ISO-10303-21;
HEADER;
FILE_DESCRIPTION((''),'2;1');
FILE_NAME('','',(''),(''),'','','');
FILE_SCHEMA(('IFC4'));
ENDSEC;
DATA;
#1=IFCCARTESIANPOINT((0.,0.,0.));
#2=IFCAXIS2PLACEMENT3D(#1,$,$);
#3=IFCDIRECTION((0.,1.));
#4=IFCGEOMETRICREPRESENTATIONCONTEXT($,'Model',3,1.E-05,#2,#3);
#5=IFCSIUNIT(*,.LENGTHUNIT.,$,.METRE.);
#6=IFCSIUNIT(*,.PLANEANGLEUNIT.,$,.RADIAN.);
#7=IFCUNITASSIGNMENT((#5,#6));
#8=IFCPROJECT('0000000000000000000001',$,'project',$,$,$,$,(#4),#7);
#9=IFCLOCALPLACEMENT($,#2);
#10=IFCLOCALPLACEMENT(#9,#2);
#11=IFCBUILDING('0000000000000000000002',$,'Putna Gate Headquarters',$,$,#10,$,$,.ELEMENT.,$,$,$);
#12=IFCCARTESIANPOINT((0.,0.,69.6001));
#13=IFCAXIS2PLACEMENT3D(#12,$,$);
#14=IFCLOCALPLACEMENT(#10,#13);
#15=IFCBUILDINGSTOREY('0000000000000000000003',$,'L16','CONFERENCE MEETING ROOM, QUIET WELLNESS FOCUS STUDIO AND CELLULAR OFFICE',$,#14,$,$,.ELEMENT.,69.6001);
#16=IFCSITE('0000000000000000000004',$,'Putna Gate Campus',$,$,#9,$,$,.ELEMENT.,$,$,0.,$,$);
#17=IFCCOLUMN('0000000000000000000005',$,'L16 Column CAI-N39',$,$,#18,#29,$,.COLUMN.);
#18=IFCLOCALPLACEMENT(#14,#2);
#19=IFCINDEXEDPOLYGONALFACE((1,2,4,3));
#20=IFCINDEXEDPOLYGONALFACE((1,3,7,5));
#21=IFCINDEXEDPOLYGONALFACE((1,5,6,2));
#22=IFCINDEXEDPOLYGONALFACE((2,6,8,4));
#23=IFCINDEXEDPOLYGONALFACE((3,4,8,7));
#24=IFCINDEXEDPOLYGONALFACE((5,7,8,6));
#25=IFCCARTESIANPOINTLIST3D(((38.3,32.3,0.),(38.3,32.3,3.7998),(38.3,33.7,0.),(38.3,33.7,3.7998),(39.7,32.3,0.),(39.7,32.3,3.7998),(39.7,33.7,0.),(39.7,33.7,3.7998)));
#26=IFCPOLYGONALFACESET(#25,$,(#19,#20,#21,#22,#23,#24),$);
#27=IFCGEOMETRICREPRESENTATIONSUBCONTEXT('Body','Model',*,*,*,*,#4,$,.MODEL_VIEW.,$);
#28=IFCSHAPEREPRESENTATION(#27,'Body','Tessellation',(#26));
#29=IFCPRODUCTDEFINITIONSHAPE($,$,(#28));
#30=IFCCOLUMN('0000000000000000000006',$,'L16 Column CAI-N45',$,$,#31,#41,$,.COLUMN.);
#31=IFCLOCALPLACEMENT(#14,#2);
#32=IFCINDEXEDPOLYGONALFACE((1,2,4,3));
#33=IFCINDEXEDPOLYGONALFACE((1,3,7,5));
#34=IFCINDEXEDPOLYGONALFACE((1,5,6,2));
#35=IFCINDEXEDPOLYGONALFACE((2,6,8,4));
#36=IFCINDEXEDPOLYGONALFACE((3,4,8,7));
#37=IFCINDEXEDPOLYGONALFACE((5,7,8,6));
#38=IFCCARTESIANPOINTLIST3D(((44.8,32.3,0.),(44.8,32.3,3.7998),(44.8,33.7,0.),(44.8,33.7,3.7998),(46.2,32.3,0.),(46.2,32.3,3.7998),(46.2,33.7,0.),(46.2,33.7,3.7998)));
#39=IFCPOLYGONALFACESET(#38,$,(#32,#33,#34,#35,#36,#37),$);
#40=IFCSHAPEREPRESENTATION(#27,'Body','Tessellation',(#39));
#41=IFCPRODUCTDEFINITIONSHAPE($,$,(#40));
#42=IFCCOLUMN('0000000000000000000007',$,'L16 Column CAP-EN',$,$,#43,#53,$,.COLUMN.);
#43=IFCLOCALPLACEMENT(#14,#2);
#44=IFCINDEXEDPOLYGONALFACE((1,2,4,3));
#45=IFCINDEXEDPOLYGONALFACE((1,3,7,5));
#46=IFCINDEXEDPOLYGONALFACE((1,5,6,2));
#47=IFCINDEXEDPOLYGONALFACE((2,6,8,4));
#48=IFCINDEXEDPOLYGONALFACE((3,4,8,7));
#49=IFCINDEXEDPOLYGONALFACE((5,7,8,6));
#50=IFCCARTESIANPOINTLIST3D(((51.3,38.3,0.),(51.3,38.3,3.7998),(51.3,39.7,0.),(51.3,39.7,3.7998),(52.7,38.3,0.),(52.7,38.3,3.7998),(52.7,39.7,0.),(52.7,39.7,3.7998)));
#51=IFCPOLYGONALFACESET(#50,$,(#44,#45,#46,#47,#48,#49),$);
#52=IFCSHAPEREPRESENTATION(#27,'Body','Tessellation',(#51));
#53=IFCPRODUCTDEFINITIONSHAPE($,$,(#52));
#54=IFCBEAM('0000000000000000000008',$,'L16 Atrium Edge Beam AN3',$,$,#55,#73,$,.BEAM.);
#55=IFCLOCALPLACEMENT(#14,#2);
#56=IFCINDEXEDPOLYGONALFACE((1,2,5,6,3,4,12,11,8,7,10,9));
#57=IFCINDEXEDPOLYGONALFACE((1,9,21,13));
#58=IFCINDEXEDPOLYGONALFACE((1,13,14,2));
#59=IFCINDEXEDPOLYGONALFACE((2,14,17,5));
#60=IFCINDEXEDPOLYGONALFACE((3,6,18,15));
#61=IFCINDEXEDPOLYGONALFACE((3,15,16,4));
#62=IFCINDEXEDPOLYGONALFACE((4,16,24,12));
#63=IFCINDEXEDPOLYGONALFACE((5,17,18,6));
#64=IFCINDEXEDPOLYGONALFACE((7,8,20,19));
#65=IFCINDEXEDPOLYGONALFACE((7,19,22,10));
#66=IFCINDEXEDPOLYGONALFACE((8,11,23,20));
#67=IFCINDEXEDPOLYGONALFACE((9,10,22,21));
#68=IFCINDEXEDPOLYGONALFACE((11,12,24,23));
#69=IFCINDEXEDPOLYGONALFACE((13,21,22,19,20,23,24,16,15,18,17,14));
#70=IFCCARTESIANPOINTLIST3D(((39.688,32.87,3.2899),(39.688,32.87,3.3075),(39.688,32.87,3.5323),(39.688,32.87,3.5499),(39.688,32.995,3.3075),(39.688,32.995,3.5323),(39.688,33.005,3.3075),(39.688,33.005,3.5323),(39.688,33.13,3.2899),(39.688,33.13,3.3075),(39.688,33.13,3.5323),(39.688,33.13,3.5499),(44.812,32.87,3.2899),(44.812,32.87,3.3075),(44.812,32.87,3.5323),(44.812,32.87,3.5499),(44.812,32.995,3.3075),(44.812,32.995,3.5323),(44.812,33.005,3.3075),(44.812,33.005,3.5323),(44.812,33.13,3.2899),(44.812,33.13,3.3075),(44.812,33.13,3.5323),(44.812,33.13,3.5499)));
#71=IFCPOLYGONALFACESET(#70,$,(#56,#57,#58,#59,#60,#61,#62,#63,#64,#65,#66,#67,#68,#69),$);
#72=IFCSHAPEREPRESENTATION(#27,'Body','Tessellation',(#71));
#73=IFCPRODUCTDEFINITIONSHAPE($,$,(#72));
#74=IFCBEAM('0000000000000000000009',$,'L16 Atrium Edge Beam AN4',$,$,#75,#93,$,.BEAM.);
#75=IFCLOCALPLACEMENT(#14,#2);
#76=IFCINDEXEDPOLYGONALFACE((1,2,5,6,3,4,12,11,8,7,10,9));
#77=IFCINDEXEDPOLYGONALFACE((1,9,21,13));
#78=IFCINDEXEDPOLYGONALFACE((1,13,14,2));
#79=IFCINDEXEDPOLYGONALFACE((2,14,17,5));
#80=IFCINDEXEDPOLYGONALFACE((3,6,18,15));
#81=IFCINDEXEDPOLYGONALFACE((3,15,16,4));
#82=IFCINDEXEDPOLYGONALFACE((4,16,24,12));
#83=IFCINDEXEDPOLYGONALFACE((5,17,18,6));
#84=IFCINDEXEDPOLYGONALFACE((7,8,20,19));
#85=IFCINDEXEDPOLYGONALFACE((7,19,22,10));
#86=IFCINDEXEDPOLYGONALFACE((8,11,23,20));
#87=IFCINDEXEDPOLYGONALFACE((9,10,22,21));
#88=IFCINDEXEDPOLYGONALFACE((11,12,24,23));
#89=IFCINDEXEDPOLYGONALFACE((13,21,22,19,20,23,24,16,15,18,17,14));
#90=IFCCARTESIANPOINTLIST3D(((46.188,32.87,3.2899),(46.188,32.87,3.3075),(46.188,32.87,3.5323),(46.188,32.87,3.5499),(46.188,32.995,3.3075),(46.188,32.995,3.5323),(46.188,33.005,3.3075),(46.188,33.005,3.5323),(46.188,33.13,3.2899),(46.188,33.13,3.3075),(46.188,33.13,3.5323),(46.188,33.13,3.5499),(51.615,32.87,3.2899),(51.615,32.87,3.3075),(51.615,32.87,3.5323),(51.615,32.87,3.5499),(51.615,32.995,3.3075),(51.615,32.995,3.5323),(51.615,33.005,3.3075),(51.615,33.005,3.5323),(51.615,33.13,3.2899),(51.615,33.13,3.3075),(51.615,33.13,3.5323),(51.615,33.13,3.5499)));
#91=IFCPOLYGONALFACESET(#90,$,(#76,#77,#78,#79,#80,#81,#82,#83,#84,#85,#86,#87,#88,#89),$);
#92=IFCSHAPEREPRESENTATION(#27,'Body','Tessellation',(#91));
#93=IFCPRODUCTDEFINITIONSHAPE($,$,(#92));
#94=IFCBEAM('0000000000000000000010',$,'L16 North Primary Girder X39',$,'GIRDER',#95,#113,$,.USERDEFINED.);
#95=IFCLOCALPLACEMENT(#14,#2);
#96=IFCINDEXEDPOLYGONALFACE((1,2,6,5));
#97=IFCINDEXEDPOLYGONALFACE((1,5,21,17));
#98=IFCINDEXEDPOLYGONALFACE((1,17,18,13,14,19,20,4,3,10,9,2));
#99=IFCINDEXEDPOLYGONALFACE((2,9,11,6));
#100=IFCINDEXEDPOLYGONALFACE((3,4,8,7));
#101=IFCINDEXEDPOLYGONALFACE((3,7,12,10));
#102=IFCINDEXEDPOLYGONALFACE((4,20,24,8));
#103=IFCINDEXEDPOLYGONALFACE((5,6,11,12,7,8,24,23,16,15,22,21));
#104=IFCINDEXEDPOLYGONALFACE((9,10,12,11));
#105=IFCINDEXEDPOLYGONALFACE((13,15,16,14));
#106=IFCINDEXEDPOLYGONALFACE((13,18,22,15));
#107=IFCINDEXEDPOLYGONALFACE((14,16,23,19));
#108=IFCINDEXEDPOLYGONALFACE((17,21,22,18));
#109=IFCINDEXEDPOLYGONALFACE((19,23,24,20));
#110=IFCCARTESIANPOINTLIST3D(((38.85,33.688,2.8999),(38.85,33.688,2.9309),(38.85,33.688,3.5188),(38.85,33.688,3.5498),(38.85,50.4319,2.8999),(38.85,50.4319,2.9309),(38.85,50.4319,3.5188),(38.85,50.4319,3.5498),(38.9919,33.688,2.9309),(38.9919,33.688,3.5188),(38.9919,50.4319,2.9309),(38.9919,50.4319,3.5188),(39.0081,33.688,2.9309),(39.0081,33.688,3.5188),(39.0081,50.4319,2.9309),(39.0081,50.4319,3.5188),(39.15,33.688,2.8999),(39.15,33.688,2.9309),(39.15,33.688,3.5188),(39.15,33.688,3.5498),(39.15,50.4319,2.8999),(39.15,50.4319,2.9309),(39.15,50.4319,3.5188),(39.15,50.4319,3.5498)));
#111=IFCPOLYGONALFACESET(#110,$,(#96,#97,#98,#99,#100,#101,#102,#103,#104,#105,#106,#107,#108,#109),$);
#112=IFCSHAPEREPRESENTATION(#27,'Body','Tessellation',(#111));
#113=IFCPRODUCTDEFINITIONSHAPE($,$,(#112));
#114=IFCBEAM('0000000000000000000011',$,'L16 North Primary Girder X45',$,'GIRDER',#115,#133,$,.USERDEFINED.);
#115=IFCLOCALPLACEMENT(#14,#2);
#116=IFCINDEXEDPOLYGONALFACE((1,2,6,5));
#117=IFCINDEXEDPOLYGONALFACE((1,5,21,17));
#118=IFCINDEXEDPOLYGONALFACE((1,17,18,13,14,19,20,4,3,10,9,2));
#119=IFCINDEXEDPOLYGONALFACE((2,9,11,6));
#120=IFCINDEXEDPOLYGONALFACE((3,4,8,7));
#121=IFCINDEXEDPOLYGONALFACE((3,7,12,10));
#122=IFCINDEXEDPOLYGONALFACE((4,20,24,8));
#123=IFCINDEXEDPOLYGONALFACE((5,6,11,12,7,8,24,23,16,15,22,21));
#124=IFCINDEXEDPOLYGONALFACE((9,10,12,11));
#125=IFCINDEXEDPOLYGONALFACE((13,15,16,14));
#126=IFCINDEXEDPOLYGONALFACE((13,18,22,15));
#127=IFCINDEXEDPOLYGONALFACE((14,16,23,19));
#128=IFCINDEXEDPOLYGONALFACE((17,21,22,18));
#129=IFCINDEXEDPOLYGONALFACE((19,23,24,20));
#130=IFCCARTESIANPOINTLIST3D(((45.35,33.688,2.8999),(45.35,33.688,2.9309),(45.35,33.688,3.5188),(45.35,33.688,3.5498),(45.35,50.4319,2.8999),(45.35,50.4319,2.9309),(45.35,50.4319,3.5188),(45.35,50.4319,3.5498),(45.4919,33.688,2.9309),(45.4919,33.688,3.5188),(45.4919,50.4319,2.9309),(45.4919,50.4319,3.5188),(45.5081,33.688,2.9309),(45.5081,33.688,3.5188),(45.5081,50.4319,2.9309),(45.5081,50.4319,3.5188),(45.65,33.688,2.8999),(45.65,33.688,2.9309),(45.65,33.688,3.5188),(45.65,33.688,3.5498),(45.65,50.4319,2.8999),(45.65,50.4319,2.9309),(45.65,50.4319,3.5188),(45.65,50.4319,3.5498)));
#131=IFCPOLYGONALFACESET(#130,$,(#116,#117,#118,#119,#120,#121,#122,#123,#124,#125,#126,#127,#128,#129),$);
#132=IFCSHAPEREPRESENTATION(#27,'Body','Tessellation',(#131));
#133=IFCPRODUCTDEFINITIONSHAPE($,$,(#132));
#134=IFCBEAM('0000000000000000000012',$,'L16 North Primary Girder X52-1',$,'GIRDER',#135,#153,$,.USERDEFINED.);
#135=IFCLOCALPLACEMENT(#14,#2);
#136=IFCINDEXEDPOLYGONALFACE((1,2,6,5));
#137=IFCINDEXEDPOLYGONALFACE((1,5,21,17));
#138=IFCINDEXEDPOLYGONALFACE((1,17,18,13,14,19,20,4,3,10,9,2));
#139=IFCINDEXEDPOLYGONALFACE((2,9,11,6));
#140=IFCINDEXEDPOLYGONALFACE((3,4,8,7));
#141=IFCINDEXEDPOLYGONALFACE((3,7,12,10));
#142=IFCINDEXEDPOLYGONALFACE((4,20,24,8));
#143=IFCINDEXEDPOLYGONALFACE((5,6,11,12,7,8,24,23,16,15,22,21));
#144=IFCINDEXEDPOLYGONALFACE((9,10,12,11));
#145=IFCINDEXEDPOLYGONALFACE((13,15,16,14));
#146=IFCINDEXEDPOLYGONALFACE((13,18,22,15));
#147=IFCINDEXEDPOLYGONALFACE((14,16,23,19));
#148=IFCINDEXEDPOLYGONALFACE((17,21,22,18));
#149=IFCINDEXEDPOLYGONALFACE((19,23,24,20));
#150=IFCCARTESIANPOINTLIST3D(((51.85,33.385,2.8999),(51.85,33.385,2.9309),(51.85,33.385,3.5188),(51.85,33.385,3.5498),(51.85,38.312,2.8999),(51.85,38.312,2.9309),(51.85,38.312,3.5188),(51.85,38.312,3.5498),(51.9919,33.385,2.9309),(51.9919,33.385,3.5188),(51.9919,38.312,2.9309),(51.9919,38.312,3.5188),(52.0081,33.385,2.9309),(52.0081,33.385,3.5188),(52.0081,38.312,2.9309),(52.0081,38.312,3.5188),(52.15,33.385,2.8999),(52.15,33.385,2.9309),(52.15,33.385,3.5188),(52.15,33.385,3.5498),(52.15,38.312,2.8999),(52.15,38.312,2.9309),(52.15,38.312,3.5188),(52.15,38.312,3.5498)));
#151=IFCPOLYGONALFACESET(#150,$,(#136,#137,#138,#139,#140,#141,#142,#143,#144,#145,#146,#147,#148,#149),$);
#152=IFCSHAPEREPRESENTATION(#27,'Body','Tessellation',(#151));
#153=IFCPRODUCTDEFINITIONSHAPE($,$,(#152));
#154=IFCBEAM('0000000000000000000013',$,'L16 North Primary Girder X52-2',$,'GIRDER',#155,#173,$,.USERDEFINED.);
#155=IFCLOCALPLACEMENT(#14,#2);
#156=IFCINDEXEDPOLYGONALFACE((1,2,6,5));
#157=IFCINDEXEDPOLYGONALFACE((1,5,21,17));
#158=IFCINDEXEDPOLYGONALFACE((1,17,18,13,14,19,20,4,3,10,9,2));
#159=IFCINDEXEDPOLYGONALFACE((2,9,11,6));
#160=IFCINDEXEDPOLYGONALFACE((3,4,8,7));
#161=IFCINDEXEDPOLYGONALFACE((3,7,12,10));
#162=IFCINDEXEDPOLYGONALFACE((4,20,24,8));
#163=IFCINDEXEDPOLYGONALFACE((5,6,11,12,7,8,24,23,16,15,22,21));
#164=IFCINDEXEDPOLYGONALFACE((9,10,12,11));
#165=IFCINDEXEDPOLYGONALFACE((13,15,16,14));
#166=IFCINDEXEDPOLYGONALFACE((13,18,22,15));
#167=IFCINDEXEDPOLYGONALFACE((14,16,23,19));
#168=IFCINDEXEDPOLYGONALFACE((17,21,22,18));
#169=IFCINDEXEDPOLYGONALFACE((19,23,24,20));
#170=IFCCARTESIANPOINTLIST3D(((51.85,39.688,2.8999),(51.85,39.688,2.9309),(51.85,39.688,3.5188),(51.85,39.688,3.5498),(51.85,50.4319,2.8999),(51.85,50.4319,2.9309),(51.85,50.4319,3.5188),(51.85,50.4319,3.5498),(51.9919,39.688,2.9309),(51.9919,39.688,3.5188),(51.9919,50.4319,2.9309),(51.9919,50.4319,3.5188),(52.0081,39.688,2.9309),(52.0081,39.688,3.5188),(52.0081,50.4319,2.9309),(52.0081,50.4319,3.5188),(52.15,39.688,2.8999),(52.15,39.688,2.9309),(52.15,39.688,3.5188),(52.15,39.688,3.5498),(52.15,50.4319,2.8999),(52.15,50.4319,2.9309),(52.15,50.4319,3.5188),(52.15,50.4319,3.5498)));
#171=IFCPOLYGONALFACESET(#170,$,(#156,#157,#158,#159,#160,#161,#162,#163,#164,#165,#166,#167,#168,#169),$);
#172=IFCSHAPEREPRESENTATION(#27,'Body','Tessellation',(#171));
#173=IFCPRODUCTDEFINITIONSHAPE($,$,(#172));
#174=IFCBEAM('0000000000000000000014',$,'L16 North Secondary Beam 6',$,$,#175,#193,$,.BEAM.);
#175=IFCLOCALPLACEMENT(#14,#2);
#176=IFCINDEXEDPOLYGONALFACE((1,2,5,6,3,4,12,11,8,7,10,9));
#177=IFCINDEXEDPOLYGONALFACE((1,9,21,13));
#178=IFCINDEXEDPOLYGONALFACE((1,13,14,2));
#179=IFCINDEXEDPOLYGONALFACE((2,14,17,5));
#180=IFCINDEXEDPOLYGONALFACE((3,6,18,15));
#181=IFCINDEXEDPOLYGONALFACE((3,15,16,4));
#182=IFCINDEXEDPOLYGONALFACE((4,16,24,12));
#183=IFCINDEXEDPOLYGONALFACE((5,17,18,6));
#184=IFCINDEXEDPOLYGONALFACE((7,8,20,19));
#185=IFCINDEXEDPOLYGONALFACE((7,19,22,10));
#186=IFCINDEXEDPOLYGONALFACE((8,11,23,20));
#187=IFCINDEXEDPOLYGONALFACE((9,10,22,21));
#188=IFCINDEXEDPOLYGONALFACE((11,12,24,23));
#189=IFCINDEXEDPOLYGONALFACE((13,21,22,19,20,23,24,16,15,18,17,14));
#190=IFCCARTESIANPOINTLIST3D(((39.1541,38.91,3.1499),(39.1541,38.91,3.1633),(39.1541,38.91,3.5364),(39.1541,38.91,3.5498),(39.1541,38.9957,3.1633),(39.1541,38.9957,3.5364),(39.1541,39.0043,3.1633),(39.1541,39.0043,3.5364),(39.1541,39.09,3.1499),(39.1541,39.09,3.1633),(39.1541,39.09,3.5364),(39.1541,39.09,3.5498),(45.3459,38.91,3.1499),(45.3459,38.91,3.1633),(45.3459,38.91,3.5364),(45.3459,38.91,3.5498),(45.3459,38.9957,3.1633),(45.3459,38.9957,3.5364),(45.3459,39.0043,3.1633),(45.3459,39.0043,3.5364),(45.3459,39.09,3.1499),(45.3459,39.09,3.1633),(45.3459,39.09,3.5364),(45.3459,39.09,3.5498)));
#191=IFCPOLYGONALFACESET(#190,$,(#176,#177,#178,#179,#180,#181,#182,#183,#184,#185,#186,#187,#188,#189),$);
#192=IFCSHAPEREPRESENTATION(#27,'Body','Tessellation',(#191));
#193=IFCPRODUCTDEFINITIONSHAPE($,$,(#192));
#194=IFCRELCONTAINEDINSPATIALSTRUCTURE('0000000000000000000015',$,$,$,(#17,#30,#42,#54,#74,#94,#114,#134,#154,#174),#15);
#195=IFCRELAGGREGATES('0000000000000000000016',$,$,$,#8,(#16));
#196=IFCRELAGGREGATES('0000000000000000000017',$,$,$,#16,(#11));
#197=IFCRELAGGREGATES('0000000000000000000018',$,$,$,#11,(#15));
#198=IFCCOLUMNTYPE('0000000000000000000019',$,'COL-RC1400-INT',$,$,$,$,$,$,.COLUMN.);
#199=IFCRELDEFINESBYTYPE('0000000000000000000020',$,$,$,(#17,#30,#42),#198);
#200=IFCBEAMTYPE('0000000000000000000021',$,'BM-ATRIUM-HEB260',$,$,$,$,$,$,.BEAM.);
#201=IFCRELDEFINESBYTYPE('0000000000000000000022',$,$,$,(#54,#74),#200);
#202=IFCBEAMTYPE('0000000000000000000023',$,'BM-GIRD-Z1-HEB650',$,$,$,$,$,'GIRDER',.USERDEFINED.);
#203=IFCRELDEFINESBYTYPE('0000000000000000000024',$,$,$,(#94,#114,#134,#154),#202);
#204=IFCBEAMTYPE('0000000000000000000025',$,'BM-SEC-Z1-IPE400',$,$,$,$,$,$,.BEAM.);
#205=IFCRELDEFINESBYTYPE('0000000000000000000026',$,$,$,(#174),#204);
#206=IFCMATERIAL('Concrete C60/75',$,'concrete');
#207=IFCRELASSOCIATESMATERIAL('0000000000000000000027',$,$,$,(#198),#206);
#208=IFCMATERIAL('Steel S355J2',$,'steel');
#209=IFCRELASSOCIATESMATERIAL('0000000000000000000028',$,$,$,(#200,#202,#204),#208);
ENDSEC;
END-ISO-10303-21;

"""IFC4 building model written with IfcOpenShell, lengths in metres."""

from ifc_helpers import new_model, si_unit, direction, frame, origin, origin_2d, place, context, subcontext, project, spatial, rectangle, i_section, extrude, material, material_profile, profile_set, type_object, element, save


model = new_model("IFC4")

# Units and contexts
model_context = context("Model", 3, precision=1e-05, world=origin(), true_north=direction((0.0, 1.0)))
body_context = subcontext(model_context, "Body", "Model", "MODEL_VIEW")
ifc_project = project(units=[si_unit("LENGTHUNIT", "METRE"), si_unit("PLANEANGLEUNIT", "RADIAN")], contexts=[model_context])

# Site, building, storey
site_placement = place(None, origin())
site = spatial("IfcSite", under=ifc_project, at=site_placement, Name="Putna Gate Campus", CompositionType="ELEMENT", RefElevation=0.0)
building_placement = place(site_placement, origin())
building = spatial("IfcBuilding", under=site, at=building_placement, Name="Putna Gate Headquarters", CompositionType="ELEMENT")
storey_placement = place(building_placement, frame((0.0, 0.0, 69.6001)))
storey = spatial("IfcBuildingStorey", under=building, at=storey_placement, Name="L16", Description="CONFERENCE MEETING ROOM, QUIET WELLNESS FOCUS STUDIO AND CELLULAR OFFICE", CompositionType="ELEMENT", Elevation=69.6001)

# Columns
ifc_material_1 = material(Name="Concrete C60/75", Category="concrete")
ifc_material_profile_1 = material_profile(ifc_material_1, rectangle(XDim=1.3999, YDim=1.3999, at=origin_2d()), Name="Concrete C60/75")
ifc_profile_set_1 = profile_set([ifc_material_profile_1], Name="Concrete C60/75")
column_type = type_object("IfcColumnType", Name="COL-RC1400-INT", PredefinedType="COLUMN", material=ifc_profile_set_1)
for number, where, z_axis, x_axis, name in (
    (1, (39.0, 33.0, 0.0), (0.0, 0.0, 1.0), (1.0, 0.0, 0.0), "L16 Column CAI-N39"),
    (2, (45.5, 33.0, 0.0), (0.0, 0.0, 1.0), (1.0, 0.0, 0.0), "L16 Column CAI-N45"),
    (3, (52.0, 39.0, 0.0), (0.0, 0.0, 1.0), (1.0, 0.0, 0.0), "L16 Column CAP-EN"),
):
    element("IfcColumn", number, at=place(storey_placement, frame(where, z_axis=z_axis, x_axis=x_axis)), inside=storey, type_object=column_type, Name=name, PredefinedType="COLUMN", context=body_context, shape_type="SweptSolid", body=[
        extrude(rectangle(XDim=1.3999, YDim=1.3999, at=origin_2d()), origin(), (0.0, 0.0, 1.0), 3.7998),
    ])

# Beams
ifc_material_2 = material(Name="Steel S355J2", Category="steel")
ifc_material_profile_2 = material_profile(ifc_material_2, i_section(OverallWidth=0.26, OverallDepth=0.26, WebThickness=0.01, FlangeThickness=0.0176, at=origin_2d()), Name="Steel S355J2")
ifc_profile_set_2 = profile_set([ifc_material_profile_2], Name="Steel S355J2")
beam_type_1 = type_object("IfcBeamType", Name="BM-ATRIUM-HEB260", PredefinedType="BEAM", material=ifc_profile_set_2)
beam_1_placement = place(storey_placement, frame((39.688, 33.0, 3.4199), z_axis=(1.0, 0.0, 0.0), x_axis=(0.0, 1.0, 0.0)))
element("IfcBeam", 4, at=beam_1_placement, inside=storey, type_object=beam_type_1, Name="L16 Atrium Edge Beam AN3", PredefinedType="BEAM", context=body_context, shape_type="SweptSolid", body=[
    extrude(i_section(OverallWidth=0.26, OverallDepth=0.26, WebThickness=0.01, FlangeThickness=0.0176, at=origin_2d()), origin(), (0.0, 0.0, 1.0), 5.124),
])
beam_2_placement = place(storey_placement, frame((46.188, 33.0, 3.4199), z_axis=(1.0, 0.0, 0.0), x_axis=(0.0, 1.0, 0.0)))
element("IfcBeam", 5, at=beam_2_placement, inside=storey, type_object=beam_type_1, Name="L16 Atrium Edge Beam AN4", PredefinedType="BEAM", context=body_context, shape_type="SweptSolid", body=[
    extrude(i_section(OverallWidth=0.26, OverallDepth=0.26, WebThickness=0.01, FlangeThickness=0.0176, at=origin_2d()), origin(), (0.0, 0.0, 1.0), 5.427),
])
ifc_material_profile_3 = material_profile(ifc_material_2, i_section(OverallWidth=0.3, OverallDepth=0.6499, WebThickness=0.0161, FlangeThickness=0.031, at=origin_2d()), Name="Steel S355J2")
ifc_profile_set_3 = profile_set([ifc_material_profile_3], Name="Steel S355J2")
beam_type_2 = type_object("IfcBeamType", Name="BM-GIRD-Z1-HEB650", ElementType="GIRDER", PredefinedType="USERDEFINED", material=ifc_profile_set_3)
for number, where, z_axis, x_axis, name in (
    (6, (39.0, 33.688, 3.2249), (0.0, 1.0, 0.0), (-1.0, 0.0, 0.0), "L16 North Primary Girder X39"),
    (7, (45.5, 33.688, 3.2249), (0.0, 1.0, 0.0), (-1.0, 0.0, 0.0), "L16 North Primary Girder X45"),
):
    element("IfcBeam", number, at=place(storey_placement, frame(where, z_axis=z_axis, x_axis=x_axis)), inside=storey, type_object=beam_type_2, Name=name, ObjectType="GIRDER", PredefinedType="USERDEFINED", context=body_context, shape_type="SweptSolid", body=[
        extrude(i_section(OverallWidth=0.3, OverallDepth=0.6499, WebThickness=0.0161, FlangeThickness=0.031, at=origin_2d()), origin(), (0.0, 0.0, 1.0), 16.7439),
    ])
beam_3_placement = place(storey_placement, frame((52.0, 33.385, 3.2249), z_axis=(0.0, 1.0, 0.0), x_axis=(-1.0, 0.0, 0.0)))
element("IfcBeam", 8, at=beam_3_placement, inside=storey, type_object=beam_type_2, Name="L16 North Primary Girder X52-1", ObjectType="GIRDER", PredefinedType="USERDEFINED", context=body_context, shape_type="SweptSolid", body=[
    extrude(i_section(OverallWidth=0.3, OverallDepth=0.6499, WebThickness=0.0161, FlangeThickness=0.031, at=origin_2d()), origin(), (0.0, 0.0, 1.0), 4.927),
])
beam_4_placement = place(storey_placement, frame((52.0, 39.688, 3.2249), z_axis=(0.0, 1.0, 0.0), x_axis=(-1.0, 0.0, 0.0)))
element("IfcBeam", 9, at=beam_4_placement, inside=storey, type_object=beam_type_2, Name="L16 North Primary Girder X52-2", ObjectType="GIRDER", PredefinedType="USERDEFINED", context=body_context, shape_type="SweptSolid", body=[
    extrude(i_section(OverallWidth=0.3, OverallDepth=0.6499, WebThickness=0.0161, FlangeThickness=0.031, at=origin_2d()), origin(), (0.0, 0.0, 1.0), 10.7439),
])
ifc_material_profile_4 = material_profile(ifc_material_2, i_section(OverallWidth=0.1799, OverallDepth=0.3999, WebThickness=0.0085, FlangeThickness=0.0134, at=origin_2d()), Name="Steel S355J2")
ifc_profile_set_4 = profile_set([ifc_material_profile_4], Name="Steel S355J2")
beam_type_3 = type_object("IfcBeamType", Name="BM-SEC-Z1-IPE400", PredefinedType="BEAM", material=ifc_profile_set_4)
beam_5_placement = place(storey_placement, frame((39.1541, 39.0, 3.3499), z_axis=(1.0, 0.0, 0.0), x_axis=(0.0, 1.0, 0.0)))
element("IfcBeam", 10, at=beam_5_placement, inside=storey, type_object=beam_type_3, Name="L16 North Secondary Beam 6", PredefinedType="BEAM", context=body_context, shape_type="SweptSolid", body=[
    extrude(i_section(OverallWidth=0.1799, OverallDepth=0.3999, WebThickness=0.0085, FlangeThickness=0.0134, at=origin_2d()), origin(), (0.0, 0.0, 1.0), 6.1919),
])

save(model, "model.ifc")
